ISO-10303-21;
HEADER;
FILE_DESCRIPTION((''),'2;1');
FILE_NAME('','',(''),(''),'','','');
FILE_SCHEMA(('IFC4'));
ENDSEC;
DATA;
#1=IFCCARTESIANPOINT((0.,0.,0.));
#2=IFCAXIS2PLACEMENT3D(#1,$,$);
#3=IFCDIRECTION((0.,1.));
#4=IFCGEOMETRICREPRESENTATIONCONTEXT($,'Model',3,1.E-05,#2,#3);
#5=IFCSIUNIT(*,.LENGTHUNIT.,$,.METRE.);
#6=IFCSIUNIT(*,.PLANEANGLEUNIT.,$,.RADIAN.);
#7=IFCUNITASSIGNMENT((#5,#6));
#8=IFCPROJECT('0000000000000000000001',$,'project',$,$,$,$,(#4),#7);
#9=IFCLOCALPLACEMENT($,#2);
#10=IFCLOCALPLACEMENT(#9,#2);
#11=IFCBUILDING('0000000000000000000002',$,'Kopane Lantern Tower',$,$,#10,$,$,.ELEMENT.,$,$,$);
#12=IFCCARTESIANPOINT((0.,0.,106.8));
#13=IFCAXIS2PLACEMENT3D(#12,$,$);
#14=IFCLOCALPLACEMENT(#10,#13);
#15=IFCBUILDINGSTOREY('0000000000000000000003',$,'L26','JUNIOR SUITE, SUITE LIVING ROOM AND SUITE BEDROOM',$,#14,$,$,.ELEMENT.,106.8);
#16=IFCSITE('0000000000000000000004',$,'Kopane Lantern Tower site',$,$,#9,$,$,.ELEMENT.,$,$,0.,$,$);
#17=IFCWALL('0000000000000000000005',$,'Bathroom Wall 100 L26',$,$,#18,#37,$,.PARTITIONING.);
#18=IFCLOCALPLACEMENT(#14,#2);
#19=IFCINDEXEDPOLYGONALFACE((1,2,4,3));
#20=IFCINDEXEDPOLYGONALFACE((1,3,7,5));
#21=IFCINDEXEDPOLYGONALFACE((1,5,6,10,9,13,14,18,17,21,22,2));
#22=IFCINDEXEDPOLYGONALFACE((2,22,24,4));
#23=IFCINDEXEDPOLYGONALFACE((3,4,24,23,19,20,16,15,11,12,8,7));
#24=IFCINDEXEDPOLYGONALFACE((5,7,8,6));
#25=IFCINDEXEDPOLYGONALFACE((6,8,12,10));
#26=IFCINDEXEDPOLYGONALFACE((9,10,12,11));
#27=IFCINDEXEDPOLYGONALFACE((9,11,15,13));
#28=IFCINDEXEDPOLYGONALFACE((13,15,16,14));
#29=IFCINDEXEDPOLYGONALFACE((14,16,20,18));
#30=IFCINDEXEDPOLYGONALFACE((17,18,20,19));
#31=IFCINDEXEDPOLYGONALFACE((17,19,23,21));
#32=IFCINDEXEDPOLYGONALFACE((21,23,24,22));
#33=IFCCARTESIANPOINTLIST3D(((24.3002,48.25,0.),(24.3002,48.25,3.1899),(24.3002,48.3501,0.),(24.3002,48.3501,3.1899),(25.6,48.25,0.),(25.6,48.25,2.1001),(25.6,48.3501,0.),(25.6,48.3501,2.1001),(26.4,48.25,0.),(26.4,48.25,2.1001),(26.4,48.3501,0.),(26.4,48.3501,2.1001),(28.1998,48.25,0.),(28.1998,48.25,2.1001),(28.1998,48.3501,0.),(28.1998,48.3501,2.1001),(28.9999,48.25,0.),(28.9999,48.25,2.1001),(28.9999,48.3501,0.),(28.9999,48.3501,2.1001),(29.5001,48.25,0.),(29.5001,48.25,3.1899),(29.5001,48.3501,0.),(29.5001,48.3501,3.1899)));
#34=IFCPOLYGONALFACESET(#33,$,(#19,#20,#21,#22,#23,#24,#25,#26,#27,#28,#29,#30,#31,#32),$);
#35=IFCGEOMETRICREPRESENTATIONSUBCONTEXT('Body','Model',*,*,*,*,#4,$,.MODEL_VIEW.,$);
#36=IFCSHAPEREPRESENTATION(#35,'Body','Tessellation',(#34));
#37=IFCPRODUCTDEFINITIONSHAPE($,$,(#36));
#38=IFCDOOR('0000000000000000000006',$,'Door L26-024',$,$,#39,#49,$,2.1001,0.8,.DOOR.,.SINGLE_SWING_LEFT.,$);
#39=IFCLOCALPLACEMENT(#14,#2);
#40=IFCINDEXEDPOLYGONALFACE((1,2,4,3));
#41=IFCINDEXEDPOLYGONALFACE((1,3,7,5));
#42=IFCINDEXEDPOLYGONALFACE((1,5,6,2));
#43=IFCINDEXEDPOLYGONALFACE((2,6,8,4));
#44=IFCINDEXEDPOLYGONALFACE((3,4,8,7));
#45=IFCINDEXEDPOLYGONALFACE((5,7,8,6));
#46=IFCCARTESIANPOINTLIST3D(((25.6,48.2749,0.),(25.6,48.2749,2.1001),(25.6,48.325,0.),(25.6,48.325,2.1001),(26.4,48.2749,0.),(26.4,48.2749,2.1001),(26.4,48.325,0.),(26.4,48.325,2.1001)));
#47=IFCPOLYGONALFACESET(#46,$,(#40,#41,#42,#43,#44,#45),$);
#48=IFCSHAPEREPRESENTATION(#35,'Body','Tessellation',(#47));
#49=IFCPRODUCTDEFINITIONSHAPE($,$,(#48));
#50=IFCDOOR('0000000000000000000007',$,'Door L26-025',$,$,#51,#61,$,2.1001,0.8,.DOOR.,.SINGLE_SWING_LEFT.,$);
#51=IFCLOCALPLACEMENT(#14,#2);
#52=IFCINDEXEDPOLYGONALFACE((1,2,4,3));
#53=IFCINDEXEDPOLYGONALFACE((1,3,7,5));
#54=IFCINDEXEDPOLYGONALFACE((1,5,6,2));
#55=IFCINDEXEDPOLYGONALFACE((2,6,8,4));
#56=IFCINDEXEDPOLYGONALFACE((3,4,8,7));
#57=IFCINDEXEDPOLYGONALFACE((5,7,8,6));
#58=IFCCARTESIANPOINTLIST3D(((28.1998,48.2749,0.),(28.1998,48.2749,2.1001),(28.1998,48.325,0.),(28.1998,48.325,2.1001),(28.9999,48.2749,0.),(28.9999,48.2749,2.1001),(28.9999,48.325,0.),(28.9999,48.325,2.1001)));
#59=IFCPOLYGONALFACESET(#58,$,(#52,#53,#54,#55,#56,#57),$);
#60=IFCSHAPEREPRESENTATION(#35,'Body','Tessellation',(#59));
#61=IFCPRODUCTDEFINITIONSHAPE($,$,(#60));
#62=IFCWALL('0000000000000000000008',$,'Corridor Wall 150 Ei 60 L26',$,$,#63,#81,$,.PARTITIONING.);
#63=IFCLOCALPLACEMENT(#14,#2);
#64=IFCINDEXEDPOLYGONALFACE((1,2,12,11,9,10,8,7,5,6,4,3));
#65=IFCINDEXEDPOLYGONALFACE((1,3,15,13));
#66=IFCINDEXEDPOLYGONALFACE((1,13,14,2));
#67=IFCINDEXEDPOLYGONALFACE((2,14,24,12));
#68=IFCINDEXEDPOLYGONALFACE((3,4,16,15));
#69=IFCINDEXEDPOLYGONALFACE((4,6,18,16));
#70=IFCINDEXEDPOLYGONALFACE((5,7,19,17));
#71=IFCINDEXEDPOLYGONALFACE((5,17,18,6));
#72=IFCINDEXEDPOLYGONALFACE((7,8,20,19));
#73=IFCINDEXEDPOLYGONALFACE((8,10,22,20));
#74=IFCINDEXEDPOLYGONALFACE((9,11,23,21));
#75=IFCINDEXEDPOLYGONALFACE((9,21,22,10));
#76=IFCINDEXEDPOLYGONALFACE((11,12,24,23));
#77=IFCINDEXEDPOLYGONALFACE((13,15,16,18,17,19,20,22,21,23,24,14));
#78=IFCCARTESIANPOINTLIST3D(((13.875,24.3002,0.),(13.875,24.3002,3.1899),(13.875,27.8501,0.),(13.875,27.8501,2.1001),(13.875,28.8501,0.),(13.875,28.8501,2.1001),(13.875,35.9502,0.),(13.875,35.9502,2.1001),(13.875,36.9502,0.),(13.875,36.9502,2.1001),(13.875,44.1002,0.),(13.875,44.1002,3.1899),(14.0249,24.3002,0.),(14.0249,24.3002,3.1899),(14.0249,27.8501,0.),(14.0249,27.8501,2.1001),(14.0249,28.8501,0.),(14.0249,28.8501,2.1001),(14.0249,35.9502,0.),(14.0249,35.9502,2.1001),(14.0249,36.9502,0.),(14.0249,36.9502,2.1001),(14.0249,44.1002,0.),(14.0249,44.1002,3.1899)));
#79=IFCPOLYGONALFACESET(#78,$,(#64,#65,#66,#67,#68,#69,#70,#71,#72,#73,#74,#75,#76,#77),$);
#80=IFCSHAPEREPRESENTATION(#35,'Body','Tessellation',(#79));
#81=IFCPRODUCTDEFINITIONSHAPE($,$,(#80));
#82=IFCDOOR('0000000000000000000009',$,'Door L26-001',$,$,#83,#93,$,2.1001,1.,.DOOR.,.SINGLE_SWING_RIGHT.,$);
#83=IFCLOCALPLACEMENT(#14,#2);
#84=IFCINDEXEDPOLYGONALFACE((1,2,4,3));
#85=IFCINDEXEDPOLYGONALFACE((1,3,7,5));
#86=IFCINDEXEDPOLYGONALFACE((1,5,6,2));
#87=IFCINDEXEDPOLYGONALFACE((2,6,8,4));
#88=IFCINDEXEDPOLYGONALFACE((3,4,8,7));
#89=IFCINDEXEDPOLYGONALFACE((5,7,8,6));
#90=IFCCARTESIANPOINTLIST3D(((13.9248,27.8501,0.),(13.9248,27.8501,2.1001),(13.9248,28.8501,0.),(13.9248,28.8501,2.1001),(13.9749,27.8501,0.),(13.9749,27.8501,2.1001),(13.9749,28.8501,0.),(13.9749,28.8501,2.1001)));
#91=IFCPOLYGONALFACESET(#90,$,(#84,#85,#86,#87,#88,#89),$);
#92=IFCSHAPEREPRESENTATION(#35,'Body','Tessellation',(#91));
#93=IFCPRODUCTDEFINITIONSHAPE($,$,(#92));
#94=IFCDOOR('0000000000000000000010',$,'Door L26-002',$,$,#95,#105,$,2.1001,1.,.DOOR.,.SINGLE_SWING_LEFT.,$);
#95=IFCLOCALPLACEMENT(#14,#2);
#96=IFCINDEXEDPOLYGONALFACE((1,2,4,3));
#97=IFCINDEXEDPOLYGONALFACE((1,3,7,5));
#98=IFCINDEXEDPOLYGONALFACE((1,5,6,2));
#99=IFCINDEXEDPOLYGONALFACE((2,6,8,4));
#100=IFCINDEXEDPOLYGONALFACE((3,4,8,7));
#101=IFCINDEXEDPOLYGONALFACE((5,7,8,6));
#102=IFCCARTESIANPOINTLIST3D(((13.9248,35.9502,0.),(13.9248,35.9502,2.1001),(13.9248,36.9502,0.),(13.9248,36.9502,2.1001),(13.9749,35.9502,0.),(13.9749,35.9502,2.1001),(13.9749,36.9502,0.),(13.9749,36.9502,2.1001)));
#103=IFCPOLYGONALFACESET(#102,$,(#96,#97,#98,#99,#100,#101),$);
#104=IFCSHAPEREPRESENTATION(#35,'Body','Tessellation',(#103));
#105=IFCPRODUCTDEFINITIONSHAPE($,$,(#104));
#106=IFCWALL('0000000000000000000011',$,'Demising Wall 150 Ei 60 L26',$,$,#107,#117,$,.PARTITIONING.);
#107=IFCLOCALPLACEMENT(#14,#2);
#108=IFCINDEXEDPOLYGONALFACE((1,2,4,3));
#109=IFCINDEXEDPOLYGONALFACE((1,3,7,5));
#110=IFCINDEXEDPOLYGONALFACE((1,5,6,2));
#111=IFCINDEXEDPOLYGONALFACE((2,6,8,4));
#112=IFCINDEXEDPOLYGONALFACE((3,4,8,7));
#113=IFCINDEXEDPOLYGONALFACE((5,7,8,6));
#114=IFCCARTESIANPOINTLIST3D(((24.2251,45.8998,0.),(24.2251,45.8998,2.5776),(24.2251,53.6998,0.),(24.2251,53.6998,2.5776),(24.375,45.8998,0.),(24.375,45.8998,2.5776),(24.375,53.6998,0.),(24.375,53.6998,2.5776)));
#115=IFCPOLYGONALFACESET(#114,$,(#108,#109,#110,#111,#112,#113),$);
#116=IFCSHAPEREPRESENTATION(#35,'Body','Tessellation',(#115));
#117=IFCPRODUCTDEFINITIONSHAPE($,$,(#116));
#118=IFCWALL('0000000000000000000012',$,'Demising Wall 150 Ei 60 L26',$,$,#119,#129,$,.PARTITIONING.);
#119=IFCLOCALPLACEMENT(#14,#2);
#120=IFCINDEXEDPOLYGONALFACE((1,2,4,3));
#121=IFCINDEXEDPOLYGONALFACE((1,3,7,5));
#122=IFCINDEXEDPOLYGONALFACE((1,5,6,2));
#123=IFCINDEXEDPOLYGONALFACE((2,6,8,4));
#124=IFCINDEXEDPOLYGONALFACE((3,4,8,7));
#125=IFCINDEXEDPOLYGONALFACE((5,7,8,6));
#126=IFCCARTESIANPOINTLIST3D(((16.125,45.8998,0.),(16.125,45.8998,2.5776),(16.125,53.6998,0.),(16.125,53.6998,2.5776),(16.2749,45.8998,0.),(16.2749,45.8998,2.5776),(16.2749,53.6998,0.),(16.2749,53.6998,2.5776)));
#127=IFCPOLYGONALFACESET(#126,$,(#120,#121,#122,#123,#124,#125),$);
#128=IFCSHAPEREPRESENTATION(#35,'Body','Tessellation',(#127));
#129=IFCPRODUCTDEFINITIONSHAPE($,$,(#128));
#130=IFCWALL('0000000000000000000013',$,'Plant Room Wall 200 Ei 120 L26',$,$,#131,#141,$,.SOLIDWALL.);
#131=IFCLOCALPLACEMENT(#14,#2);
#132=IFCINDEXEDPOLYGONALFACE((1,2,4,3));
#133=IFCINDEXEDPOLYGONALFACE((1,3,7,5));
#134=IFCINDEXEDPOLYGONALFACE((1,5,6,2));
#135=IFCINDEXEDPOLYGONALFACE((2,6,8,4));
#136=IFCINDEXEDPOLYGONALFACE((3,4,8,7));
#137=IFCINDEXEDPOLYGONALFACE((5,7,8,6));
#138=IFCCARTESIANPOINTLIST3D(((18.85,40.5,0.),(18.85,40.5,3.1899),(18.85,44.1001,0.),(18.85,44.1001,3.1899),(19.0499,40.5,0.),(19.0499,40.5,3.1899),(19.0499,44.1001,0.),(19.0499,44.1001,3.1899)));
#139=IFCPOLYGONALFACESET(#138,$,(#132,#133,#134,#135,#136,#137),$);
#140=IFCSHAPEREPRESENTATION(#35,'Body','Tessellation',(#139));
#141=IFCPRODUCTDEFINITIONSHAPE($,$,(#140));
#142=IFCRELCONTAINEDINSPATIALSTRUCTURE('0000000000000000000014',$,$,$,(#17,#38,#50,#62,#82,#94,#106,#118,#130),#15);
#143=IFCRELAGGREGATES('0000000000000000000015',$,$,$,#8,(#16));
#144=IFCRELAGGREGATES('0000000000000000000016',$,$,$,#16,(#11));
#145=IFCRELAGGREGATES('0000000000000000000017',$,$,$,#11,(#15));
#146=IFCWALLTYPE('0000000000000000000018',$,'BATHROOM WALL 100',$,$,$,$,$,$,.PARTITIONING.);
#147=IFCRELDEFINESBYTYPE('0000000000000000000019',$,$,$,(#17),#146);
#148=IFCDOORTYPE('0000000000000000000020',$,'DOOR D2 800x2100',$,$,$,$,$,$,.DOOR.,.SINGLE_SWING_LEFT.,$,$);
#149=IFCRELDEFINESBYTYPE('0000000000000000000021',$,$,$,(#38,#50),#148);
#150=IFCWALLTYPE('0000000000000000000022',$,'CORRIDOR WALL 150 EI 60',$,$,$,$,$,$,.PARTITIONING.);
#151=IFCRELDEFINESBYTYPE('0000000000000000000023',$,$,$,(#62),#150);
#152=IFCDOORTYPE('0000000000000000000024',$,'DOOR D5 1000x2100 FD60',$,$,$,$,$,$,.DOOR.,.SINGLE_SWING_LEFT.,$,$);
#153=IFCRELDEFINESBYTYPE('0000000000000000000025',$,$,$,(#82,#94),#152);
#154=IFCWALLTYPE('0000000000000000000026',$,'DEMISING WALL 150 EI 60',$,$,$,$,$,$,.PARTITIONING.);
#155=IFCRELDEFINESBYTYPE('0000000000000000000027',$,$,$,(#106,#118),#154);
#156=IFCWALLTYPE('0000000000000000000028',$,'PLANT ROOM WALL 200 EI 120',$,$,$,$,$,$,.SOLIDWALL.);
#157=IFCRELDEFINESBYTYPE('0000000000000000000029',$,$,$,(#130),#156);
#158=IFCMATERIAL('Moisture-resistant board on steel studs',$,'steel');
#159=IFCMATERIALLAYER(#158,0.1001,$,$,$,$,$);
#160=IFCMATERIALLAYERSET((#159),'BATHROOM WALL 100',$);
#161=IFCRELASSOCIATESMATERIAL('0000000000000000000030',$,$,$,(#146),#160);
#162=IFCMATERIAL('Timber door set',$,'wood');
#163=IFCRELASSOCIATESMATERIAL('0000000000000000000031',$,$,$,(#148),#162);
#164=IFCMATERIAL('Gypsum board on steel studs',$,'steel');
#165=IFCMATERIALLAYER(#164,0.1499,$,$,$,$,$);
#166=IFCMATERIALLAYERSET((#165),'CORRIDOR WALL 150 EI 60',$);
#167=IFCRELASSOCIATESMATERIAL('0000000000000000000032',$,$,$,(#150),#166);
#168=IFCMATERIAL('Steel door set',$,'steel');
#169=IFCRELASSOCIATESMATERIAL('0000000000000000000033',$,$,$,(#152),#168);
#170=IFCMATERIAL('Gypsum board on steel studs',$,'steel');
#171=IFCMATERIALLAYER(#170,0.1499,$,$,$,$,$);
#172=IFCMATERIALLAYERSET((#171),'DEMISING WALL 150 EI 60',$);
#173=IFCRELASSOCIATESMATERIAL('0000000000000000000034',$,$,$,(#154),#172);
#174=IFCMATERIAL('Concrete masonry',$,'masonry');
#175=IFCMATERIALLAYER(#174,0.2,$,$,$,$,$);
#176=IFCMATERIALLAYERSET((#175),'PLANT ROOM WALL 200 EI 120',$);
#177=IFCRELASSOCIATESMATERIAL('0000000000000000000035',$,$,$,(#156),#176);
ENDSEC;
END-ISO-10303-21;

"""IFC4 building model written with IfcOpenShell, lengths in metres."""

from ifc_helpers import new_model, si_unit, direction, frame, frame_2d, origin, place, context, subcontext, project, spatial, rectangle, extrude, material, layer, layer_set, type_object, element, fill, save


model = new_model("IFC4")

# Units and contexts
model_context = context("Model", 3, precision=1e-05, world=origin(), true_north=direction((0.0, 1.0)))
body_context = subcontext(model_context, "Body", "Model", "MODEL_VIEW")
ifc_project = project(units=[si_unit("LENGTHUNIT", "METRE"), si_unit("PLANEANGLEUNIT", "RADIAN")], contexts=[model_context])

# Site, building, storey
site_placement = place(None, origin())
site = spatial("IfcSite", under=ifc_project, at=site_placement, Name="Kopane Lantern Tower site", CompositionType="ELEMENT", RefElevation=0.0)
building_placement = place(site_placement, origin())
building = spatial("IfcBuilding", under=site, at=building_placement, Name="Kopane Lantern Tower", CompositionType="ELEMENT")
storey_placement = place(building_placement, frame((0.0, 0.0, 106.8)))
storey = spatial("IfcBuildingStorey", under=building, at=storey_placement, Name="L26", Description="JUNIOR SUITE, SUITE LIVING ROOM AND SUITE BEDROOM", CompositionType="ELEMENT", Elevation=106.8)

# Shared definitions
ifc_material_1 = material(Name="Moisture-resistant board on steel studs", Category="steel")
ifc_layer_1 = layer(ifc_material_1, 0.1001)
ifc_layer_set_1 = layer_set([ifc_layer_1], Name="BATHROOM WALL 100")
wall_type_1 = type_object("IfcWallType", Name="BATHROOM WALL 100", PredefinedType="PARTITIONING", material=ifc_layer_set_1)
ifc_material_2 = material(Name="Timber door set", Category="wood")
door_type_1 = type_object("IfcDoorType", Name="DOOR D2 800x2100", OperationType="SINGLE_SWING_LEFT", PredefinedType="DOOR", material=ifc_material_2)

# Walls, openings, doors
wall_1_placement = place(storey_placement, frame((24.3, 48.3, 0.0), z_axis=(0.0, 0.0, 1.0), x_axis=(1.0, 0.0, 0.0)))
wall_1 = element("IfcWall", 1, at=wall_1_placement, inside=storey, type_object=wall_type_1, Name="Bathroom Wall 100 L26", PredefinedType="PARTITIONING", context=body_context, shape_type="SweptSolid", body=[
    extrude(rectangle(XDim=5.2, YDim=0.1001, at=frame_2d((2.6001, 0.0))), origin(), (0.0, 0.0, 1.0), 3.1899),
])
opening_1_placement = place(wall_1_placement, frame((1.3, 0.0, 0.0)))
opening_1 = element("IfcOpeningElement", 2, at=opening_1_placement, cuts=wall_1, PredefinedType="OPENING", context=body_context, shape_type="SweptSolid", body=[
    extrude(rectangle(XDim=0.8, YDim=2.1001, at=frame_2d((0.3999, 1.05))), frame((0.0, 0.0601, 0.0), z_axis=(0.0, -1.0, 0.0), x_axis=(1.0, 0.0, 0.0)), (0.0, 0.0, 1.0), 0.1201),
])
opening_2_placement = place(wall_1_placement, frame((3.8999, 0.0, 0.0)))
opening_2 = element("IfcOpeningElement", 3, at=opening_2_placement, cuts=wall_1, PredefinedType="OPENING", context=body_context, shape_type="SweptSolid", body=[
    extrude(rectangle(XDim=0.8, YDim=2.1001, at=frame_2d((0.3999, 1.05))), frame((0.0, 0.0601, 0.0), z_axis=(0.0, -1.0, 0.0), x_axis=(1.0, 0.0, 0.0)), (0.0, 0.0, 1.0), 0.1201),
])
door_1_placement = place(opening_1_placement, origin())
door_1 = element("IfcDoor", 4, at=door_1_placement, inside=storey, type_object=door_type_1, Name="Door L26-024", OperationType="SINGLE_SWING_LEFT", OverallHeight=2.1001, OverallWidth=0.8, PredefinedType="DOOR", context=body_context, shape_type="SweptSolid", body=[
    extrude(rectangle(XDim=0.8, YDim=2.1001, at=frame_2d((0.3999, 1.05))), frame((0.0, 0.0249, 0.0), z_axis=(0.0, -1.0, 0.0), x_axis=(1.0, 0.0, 0.0)), (0.0, 0.0, 1.0), 0.05),
])
fill(opening_1, door_1)
door_2_placement = place(opening_2_placement, origin())
door_2 = element("IfcDoor", 5, at=door_2_placement, inside=storey, type_object=door_type_1, Name="Door L26-025", OperationType="SINGLE_SWING_LEFT", OverallHeight=2.1001, OverallWidth=0.8, PredefinedType="DOOR", context=body_context, shape_type="SweptSolid", body=[
    extrude(rectangle(XDim=0.8, YDim=2.1001, at=frame_2d((0.3999, 1.05))), frame((0.0, 0.0249, 0.0), z_axis=(0.0, -1.0, 0.0), x_axis=(1.0, 0.0, 0.0)), (0.0, 0.0, 1.0), 0.05),
])
fill(opening_2, door_2)
ifc_material_3 = material(Name="Gypsum board on steel studs", Category="steel")
ifc_layer_2 = layer(ifc_material_3, 0.1499)
ifc_layer_set_2 = layer_set([ifc_layer_2], Name="CORRIDOR WALL 150 EI 60")
wall_type_2 = type_object("IfcWallType", Name="CORRIDOR WALL 150 EI 60", PredefinedType="PARTITIONING", material=ifc_layer_set_2)
wall_2_placement = place(storey_placement, frame((13.95, 44.1001, 0.0), z_axis=(0.0, 0.0, 1.0), x_axis=(0.0, -1.0, 0.0)))
wall_2 = element("IfcWall", 6, at=wall_2_placement, inside=storey, type_object=wall_type_2, Name="Corridor Wall 150 Ei 60 L26", PredefinedType="PARTITIONING", context=body_context, shape_type="SweptSolid", body=[
    extrude(rectangle(XDim=19.8, YDim=0.1499, at=frame_2d((9.8999, 0.0))), origin(), (0.0, 0.0, 1.0), 3.1899),
])
opening_3_placement = place(wall_2_placement, frame((15.25, 0.0, 0.0)))
opening_3 = element("IfcOpeningElement", 7, at=opening_3_placement, cuts=wall_2, PredefinedType="OPENING", context=body_context, shape_type="SweptSolid", body=[
    extrude(rectangle(XDim=1.0, YDim=2.1001, at=frame_2d((0.5, 1.05))), frame((0.0, 0.085, 0.0), z_axis=(0.0, -1.0, 0.0), x_axis=(1.0, 0.0, 0.0)), (0.0, 0.0, 1.0), 0.1699),
])
opening_4_placement = place(wall_2_placement, frame((7.1499, 0.0, 0.0)))
opening_4 = element("IfcOpeningElement", 8, at=opening_4_placement, cuts=wall_2, PredefinedType="OPENING", context=body_context, shape_type="SweptSolid", body=[
    extrude(rectangle(XDim=1.0, YDim=2.1001, at=frame_2d((0.5, 1.05))), frame((0.0, 0.085, 0.0), z_axis=(0.0, -1.0, 0.0), x_axis=(1.0, 0.0, 0.0)), (0.0, 0.0, 1.0), 0.1699),
])
ifc_material_4 = material(Name="Steel door set", Category="steel")
door_type_2 = type_object("IfcDoorType", Name="DOOR D5 1000x2100 FD60", OperationType="SINGLE_SWING_LEFT", PredefinedType="DOOR", material=ifc_material_4)
door_3_placement = place(opening_3_placement, origin())
door_3 = element("IfcDoor", 9, at=door_3_placement, inside=storey, type_object=door_type_2, Name="Door L26-001", OperationType="SINGLE_SWING_RIGHT", OverallHeight=2.1001, OverallWidth=1.0, PredefinedType="DOOR", context=body_context, shape_type="SweptSolid", body=[
    extrude(rectangle(XDim=1.0, YDim=2.1001, at=frame_2d((0.5, 1.05))), frame((0.0, 0.0249, 0.0), z_axis=(0.0, -1.0, 0.0), x_axis=(1.0, 0.0, 0.0)), (0.0, 0.0, 1.0), 0.05),
])
fill(opening_3, door_3)
door_4_placement = place(opening_4_placement, origin())
door_4 = element("IfcDoor", 10, at=door_4_placement, inside=storey, type_object=door_type_2, Name="Door L26-002", OperationType="SINGLE_SWING_LEFT", OverallHeight=2.1001, OverallWidth=1.0, PredefinedType="DOOR", context=body_context, shape_type="SweptSolid", body=[
    extrude(rectangle(XDim=1.0, YDim=2.1001, at=frame_2d((0.5, 1.05))), frame((0.0, 0.0249, 0.0), z_axis=(0.0, -1.0, 0.0), x_axis=(1.0, 0.0, 0.0)), (0.0, 0.0, 1.0), 0.05),
])
fill(opening_4, door_4)

# Walls
ifc_material_5 = material(Name="Gypsum board on steel studs", Category="steel")
ifc_layer_3 = layer(ifc_material_5, 0.1499)
ifc_layer_set_3 = layer_set([ifc_layer_3], Name="DEMISING WALL 150 EI 60")
wall_type_3 = type_object("IfcWallType", Name="DEMISING WALL 150 EI 60", PredefinedType="PARTITIONING", material=ifc_layer_set_3)
for number, where, z_axis, x_axis, name in (
    (11, (24.3, 45.8999, 0.0), (0.0, 0.0, 1.0), (0.0, 1.0, 0.0), "Demising Wall 150 Ei 60 L26"),
    (12, (16.2, 45.8999, 0.0), (0.0, 0.0, 1.0), (0.0, 1.0, 0.0), "Demising Wall 150 Ei 60 L26"),
):
    element("IfcWall", number, at=place(storey_placement, frame(where, z_axis=z_axis, x_axis=x_axis)), inside=storey, type_object=wall_type_3, Name=name, PredefinedType="PARTITIONING", context=body_context, shape_type="SweptSolid", body=[
        extrude(rectangle(XDim=7.8, YDim=0.1499, at=frame_2d((3.8999, 0.0))), origin(), (0.0, 0.0, 1.0), 2.5776),
    ])
ifc_material_6 = material(Name="Concrete masonry", Category="masonry")
ifc_layer_4 = layer(ifc_material_6, 0.2)
ifc_layer_set_4 = layer_set([ifc_layer_4], Name="PLANT ROOM WALL 200 EI 120")
wall_type_4 = type_object("IfcWallType", Name="PLANT ROOM WALL 200 EI 120", PredefinedType="SOLIDWALL", material=ifc_layer_set_4)
wall_3_placement = place(storey_placement, frame((18.95, 44.1001, 0.0), z_axis=(0.0, 0.0, 1.0), x_axis=(0.0, -1.0, 0.0)))
element("IfcWall", 13, at=wall_3_placement, inside=storey, type_object=wall_type_4, Name="Plant Room Wall 200 Ei 120 L26", PredefinedType="SOLIDWALL", context=body_context, shape_type="SweptSolid", body=[
    extrude(rectangle(XDim=3.6001, YDim=0.2, at=frame_2d((1.8, 0.0))), origin(), (0.0, 0.0, 1.0), 3.1899),
])

save(model, "model.ifc")
